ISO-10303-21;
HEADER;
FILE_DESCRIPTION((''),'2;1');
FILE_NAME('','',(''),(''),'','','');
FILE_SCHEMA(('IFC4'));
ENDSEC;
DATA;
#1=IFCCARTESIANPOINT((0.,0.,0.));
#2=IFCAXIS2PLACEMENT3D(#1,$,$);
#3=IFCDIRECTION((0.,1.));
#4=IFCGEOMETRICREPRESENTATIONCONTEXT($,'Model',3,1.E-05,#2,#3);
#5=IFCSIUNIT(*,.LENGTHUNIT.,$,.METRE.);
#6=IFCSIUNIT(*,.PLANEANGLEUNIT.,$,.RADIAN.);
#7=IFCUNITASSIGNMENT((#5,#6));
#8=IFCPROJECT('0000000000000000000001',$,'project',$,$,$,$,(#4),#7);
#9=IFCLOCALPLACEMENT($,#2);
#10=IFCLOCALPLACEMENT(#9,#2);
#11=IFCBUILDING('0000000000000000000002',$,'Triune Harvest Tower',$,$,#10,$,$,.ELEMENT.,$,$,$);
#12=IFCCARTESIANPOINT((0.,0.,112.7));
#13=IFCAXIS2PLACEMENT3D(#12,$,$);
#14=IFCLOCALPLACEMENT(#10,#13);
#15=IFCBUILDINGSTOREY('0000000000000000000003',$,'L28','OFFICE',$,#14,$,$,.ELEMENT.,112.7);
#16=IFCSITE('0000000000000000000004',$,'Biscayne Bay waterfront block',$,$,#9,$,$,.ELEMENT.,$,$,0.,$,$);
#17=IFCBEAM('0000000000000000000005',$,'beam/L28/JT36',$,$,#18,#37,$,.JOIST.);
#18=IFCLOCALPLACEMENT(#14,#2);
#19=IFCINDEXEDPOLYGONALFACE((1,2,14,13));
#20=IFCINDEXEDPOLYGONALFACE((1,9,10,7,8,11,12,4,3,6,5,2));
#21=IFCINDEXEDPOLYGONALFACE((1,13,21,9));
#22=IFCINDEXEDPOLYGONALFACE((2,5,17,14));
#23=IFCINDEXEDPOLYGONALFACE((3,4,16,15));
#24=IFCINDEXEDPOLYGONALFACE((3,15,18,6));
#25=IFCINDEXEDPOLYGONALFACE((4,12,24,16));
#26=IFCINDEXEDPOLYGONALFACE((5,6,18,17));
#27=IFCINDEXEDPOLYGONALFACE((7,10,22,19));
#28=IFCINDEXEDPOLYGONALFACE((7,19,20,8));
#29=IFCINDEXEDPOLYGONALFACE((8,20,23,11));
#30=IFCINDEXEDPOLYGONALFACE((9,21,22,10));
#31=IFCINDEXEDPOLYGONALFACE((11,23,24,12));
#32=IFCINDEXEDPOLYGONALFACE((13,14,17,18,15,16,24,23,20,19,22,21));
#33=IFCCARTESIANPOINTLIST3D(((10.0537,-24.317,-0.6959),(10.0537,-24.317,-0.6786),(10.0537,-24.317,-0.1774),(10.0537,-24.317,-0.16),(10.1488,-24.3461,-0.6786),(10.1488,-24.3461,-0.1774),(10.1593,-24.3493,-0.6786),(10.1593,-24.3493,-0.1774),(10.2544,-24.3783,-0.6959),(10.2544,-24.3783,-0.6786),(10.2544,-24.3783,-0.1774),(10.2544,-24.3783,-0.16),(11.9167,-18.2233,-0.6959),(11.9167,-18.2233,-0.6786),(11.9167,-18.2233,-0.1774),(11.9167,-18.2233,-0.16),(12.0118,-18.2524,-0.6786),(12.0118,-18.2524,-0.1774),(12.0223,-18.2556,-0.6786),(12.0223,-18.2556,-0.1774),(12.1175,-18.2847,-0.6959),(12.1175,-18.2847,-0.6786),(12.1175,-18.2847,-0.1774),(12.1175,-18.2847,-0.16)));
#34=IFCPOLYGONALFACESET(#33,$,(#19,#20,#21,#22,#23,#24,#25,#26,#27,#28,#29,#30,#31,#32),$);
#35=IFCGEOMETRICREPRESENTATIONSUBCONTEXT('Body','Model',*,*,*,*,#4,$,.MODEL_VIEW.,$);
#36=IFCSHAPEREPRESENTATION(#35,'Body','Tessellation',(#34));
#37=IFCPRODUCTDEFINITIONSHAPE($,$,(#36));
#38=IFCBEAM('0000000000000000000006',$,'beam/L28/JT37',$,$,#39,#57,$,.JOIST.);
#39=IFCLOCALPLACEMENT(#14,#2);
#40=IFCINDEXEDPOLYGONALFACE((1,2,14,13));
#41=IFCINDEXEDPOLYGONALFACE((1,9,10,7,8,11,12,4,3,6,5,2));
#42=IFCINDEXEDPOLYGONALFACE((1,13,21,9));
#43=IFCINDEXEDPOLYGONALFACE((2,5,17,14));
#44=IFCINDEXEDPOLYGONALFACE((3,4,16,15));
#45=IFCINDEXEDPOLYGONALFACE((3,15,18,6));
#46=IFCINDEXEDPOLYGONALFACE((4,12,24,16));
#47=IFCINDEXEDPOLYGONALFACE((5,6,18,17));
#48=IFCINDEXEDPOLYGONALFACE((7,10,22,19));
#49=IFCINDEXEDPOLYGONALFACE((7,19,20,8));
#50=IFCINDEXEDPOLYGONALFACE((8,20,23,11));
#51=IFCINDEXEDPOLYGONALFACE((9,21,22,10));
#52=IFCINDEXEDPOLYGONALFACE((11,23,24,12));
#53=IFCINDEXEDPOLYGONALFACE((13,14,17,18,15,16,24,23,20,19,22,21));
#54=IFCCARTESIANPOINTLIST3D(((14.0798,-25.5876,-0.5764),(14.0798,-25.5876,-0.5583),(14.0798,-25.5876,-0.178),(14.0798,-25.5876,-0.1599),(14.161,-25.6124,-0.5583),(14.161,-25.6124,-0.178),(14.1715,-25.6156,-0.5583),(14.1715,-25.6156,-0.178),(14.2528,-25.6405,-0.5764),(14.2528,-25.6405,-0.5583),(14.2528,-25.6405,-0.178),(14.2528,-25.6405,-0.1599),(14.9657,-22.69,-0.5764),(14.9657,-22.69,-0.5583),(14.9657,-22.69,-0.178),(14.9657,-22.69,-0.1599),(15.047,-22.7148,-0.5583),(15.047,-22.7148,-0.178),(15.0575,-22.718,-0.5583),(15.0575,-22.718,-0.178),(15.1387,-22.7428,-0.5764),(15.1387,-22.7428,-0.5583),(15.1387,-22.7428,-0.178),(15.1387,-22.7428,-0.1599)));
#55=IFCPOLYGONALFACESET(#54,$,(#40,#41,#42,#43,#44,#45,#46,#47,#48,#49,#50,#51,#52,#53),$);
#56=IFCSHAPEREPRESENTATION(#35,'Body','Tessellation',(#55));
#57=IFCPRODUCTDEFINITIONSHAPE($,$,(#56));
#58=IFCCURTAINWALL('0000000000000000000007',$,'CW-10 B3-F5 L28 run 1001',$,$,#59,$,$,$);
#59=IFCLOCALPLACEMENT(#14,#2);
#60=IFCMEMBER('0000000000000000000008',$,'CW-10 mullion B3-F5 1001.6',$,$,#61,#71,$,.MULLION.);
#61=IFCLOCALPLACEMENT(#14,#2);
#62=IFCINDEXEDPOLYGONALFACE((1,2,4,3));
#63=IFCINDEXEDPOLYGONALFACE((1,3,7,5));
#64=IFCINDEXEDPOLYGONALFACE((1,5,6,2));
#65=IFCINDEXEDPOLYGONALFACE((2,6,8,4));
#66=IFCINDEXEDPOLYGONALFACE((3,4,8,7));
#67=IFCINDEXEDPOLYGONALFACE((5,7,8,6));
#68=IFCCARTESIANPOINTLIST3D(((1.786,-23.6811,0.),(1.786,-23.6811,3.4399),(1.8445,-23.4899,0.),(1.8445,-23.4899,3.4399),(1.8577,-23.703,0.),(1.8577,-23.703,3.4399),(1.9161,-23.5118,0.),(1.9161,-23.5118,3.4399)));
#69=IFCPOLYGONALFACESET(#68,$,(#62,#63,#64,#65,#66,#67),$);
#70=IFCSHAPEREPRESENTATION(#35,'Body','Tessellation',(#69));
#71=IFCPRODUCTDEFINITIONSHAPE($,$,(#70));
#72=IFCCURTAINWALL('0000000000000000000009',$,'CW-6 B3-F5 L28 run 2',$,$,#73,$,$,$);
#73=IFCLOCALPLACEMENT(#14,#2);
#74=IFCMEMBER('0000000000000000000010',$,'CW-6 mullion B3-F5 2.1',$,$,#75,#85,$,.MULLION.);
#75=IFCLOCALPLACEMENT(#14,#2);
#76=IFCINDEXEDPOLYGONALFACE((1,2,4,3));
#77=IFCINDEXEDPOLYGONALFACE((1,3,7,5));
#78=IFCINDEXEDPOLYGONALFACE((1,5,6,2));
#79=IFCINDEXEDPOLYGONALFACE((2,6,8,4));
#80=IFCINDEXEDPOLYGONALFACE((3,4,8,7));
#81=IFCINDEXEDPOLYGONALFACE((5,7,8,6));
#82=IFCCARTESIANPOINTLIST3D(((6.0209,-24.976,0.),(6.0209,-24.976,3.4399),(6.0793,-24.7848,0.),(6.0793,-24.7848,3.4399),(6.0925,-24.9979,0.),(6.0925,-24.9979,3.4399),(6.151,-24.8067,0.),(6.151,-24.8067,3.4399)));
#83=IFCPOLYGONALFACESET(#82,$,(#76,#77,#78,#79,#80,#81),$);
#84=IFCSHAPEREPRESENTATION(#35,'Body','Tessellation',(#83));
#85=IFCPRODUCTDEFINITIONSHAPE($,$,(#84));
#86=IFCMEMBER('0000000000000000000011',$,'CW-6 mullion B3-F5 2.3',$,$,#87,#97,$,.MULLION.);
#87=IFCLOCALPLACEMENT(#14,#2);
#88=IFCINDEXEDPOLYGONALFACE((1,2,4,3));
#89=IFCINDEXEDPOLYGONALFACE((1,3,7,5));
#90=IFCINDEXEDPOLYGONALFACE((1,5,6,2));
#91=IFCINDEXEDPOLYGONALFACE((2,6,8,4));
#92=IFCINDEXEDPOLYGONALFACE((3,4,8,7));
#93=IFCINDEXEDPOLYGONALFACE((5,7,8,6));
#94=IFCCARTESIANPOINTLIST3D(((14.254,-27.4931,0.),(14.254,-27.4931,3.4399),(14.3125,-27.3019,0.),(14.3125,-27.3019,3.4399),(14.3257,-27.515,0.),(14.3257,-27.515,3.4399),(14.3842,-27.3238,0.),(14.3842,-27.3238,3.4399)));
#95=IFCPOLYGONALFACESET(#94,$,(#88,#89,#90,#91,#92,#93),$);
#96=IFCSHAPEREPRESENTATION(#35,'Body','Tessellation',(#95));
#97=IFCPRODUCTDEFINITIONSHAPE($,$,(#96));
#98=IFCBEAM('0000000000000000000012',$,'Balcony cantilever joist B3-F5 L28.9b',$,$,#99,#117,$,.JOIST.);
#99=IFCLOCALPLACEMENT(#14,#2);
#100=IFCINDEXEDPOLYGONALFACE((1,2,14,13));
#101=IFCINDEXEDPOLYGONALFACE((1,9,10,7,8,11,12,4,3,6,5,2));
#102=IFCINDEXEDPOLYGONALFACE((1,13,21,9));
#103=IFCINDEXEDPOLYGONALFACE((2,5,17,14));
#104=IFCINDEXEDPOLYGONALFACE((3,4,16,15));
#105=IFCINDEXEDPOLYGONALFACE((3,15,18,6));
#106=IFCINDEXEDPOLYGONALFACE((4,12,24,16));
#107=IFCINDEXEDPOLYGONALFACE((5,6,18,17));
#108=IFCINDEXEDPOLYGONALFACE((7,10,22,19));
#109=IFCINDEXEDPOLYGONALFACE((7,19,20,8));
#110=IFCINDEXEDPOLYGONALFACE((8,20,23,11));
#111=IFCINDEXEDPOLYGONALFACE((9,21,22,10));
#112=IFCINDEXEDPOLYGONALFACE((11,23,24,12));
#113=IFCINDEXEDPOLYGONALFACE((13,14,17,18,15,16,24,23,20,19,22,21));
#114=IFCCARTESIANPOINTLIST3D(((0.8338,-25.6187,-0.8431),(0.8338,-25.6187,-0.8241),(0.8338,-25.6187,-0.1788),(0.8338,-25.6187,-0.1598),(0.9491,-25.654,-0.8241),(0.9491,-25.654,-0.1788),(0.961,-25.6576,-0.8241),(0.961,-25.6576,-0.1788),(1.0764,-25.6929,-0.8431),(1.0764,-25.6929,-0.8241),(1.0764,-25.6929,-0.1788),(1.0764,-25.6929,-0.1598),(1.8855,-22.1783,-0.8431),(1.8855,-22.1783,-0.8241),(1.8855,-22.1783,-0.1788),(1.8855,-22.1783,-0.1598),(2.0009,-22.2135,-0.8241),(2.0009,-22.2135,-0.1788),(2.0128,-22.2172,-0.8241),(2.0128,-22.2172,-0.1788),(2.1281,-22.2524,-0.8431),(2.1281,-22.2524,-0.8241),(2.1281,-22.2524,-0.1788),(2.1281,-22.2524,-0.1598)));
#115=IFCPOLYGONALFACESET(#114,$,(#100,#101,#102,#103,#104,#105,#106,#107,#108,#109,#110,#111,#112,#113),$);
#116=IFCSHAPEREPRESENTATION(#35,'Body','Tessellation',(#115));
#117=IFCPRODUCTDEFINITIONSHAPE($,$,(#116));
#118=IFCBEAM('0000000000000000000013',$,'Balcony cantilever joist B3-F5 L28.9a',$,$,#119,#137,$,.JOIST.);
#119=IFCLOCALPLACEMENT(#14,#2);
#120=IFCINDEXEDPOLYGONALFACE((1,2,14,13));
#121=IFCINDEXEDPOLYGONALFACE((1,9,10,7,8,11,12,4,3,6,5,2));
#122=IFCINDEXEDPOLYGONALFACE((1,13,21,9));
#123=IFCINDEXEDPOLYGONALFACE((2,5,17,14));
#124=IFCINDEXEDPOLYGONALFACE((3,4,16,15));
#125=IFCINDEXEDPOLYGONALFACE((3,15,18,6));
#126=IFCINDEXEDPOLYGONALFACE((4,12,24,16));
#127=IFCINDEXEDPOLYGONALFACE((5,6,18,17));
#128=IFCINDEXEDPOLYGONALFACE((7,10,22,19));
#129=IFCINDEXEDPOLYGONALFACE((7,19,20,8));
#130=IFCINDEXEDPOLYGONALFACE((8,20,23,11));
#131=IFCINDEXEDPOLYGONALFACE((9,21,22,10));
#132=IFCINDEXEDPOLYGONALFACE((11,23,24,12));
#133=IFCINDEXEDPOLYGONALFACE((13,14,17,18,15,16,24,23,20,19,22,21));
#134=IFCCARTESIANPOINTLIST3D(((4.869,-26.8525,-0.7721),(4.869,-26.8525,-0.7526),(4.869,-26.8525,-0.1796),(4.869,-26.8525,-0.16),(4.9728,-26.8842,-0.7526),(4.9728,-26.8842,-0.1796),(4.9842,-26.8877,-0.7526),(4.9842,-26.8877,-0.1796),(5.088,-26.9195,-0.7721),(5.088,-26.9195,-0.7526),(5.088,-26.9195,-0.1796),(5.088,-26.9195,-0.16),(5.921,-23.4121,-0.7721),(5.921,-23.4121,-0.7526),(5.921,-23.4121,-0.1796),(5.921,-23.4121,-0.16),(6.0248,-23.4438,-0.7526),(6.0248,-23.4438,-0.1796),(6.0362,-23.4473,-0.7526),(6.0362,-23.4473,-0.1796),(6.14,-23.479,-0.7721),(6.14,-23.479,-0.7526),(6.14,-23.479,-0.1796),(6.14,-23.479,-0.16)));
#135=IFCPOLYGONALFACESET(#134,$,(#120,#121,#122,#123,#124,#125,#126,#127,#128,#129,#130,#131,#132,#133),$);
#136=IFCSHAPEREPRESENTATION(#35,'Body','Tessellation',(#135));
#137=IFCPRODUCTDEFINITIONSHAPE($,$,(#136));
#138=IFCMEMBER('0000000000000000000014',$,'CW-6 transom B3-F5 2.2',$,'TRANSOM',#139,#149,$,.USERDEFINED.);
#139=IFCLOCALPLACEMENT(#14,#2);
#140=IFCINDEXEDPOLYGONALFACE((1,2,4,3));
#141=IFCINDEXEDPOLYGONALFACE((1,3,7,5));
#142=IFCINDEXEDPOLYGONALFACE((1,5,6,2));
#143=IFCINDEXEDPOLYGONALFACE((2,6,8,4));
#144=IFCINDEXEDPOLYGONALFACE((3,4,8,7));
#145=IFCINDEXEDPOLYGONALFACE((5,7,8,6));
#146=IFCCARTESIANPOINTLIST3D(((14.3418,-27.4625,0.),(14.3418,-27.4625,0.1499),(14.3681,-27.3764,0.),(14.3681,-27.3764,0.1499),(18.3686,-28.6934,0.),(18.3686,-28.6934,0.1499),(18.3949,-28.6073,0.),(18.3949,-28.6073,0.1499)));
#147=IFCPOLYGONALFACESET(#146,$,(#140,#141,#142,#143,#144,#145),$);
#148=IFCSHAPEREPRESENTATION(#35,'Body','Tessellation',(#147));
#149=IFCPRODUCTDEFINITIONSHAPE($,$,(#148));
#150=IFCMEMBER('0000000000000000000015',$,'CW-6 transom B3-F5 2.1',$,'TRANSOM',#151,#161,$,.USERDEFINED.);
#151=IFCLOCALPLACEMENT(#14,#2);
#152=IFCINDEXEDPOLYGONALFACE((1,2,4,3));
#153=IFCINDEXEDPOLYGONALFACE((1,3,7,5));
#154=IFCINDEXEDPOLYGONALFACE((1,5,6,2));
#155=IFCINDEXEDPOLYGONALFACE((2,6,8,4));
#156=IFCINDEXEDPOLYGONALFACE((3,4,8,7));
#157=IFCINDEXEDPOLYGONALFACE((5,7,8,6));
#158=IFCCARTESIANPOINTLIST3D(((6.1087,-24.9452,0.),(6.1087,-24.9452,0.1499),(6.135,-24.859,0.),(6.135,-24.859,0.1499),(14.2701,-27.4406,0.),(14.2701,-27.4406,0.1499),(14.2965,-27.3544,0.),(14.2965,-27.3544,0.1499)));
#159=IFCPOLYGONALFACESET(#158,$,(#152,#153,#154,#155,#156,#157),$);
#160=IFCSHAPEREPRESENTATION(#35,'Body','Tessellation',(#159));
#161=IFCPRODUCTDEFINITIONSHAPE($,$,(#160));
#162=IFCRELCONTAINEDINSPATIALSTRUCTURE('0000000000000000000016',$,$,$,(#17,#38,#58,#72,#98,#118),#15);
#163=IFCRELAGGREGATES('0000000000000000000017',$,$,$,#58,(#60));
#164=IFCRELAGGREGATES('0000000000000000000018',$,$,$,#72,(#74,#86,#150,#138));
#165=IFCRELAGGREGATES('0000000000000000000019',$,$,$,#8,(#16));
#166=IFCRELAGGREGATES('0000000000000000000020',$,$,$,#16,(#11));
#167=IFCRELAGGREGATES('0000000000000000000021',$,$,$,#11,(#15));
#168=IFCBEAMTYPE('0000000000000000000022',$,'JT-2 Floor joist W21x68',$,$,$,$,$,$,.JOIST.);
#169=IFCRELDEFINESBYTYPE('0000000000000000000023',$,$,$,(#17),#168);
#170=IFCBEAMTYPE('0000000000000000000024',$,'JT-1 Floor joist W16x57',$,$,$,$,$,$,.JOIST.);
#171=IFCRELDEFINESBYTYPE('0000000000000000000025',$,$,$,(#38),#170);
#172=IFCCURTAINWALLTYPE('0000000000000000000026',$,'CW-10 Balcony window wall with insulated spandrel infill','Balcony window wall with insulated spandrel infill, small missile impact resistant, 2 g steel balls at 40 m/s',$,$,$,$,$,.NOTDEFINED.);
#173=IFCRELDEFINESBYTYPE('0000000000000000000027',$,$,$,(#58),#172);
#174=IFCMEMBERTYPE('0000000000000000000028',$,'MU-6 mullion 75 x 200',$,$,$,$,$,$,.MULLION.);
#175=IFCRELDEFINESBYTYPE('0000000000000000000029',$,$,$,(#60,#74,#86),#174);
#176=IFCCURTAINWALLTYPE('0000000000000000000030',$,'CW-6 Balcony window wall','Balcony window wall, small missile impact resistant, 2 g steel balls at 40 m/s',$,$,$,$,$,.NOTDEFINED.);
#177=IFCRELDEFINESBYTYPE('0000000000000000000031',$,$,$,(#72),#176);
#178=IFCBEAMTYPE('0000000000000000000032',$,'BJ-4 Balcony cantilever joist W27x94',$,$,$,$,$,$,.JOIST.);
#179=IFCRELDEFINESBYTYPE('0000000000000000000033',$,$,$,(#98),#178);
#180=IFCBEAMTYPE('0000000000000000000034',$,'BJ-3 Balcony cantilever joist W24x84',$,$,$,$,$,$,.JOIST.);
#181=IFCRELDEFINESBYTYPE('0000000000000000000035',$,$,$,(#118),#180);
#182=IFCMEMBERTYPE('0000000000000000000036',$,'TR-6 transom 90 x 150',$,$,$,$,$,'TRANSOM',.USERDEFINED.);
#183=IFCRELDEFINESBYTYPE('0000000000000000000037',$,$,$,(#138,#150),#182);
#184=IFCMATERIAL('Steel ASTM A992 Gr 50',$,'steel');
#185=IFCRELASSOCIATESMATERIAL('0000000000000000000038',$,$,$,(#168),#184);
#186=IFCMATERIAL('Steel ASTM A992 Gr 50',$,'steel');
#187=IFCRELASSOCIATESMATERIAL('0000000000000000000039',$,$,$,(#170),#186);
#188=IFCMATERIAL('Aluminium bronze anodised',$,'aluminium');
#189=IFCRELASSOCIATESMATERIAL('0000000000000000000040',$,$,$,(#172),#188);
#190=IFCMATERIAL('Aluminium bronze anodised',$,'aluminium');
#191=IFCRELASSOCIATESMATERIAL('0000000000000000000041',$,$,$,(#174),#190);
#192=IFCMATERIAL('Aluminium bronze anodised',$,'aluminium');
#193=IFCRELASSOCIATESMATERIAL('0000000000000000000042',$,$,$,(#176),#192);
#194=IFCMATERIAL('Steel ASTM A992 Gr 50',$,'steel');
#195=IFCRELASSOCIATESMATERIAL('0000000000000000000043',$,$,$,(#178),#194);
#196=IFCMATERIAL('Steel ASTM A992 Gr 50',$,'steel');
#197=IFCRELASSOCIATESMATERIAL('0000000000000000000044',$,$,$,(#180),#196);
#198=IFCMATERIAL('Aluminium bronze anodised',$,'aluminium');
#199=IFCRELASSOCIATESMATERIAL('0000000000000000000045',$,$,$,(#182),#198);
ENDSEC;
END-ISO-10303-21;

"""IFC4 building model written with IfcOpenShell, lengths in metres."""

from ifc_helpers import new_model, si_unit, direction, frame, origin, origin_2d, place, context, subcontext, project, spatial, rectangle, i_section, extrude, source, transform, mapped, material, material_profile, profile_set, type_object, element, aggregate, save


model = new_model("IFC4")

# Units and contexts
model_context = context("Model", 3, precision=1e-05, world=origin(), true_north=direction((0.0, 1.0)))
body_context = subcontext(model_context, "Body", "Model", "MODEL_VIEW")
ifc_project = project(units=[si_unit("LENGTHUNIT", "METRE"), si_unit("PLANEANGLEUNIT", "RADIAN")], contexts=[model_context])

# Site, building, storey
site_placement = place(None, origin())
site = spatial("IfcSite", under=ifc_project, at=site_placement, Name="Biscayne Bay waterfront block", CompositionType="ELEMENT", RefElevation=0.0)
building_placement = place(site_placement, origin())
building = spatial("IfcBuilding", under=site, at=building_placement, Name="Triune Harvest Tower", CompositionType="ELEMENT")
storey_placement = place(building_placement, frame((0.0, 0.0, 112.7)))
storey = spatial("IfcBuildingStorey", under=building, at=storey_placement, Name="L28", Description="OFFICE", CompositionType="ELEMENT", Elevation=112.7)

# Beams
ifc_material_1 = material(Name="Steel ASTM A992 Gr 50", Category="steel")
ifc_material_profile_1 = material_profile(ifc_material_1, i_section(OverallWidth=0.21, OverallDepth=0.5359, WebThickness=0.011, FlangeThickness=0.0173, at=origin_2d()), Name="W21x68")
ifc_profile_set_1 = profile_set([ifc_material_profile_1], Name="Steel ASTM A992 Gr 50")
beam_type_1 = type_object("IfcBeamType", Name="JT-2 Floor joist W21x68", PredefinedType="JOIST", material=ifc_profile_set_1)
shared_shape_1 = source(origin(), body_context, "Body", "SweptSolid", [
    extrude(i_section(OverallWidth=0.21, OverallDepth=0.5359, WebThickness=0.011, FlangeThickness=0.0173, at=origin_2d()), origin(), (0.0, 0.0, 1.0), 6.3721),
])
beam_1_placement = place(storey_placement, frame((10.1541, -24.3477, -0.428), z_axis=(0.29237, 0.956305, 0.0), x_axis=(-0.956305, 0.29237, 0.0)))
element("IfcBeam", 1, at=beam_1_placement, inside=storey, type_object=beam_type_1, Name="beam/L28/JT36", PredefinedType="JOIST", context=body_context, shape_type="MappedRepresentation", body=[
    mapped(shared_shape_1, transform((0.0, 0.0, 0.0), scale=1.0)),
])
ifc_material_2 = material(Name="Steel ASTM A992 Gr 50", Category="steel")
ifc_material_profile_2 = material_profile(ifc_material_2, i_section(OverallWidth=0.1809, OverallDepth=0.4165, WebThickness=0.011, FlangeThickness=0.0181, at=origin_2d()), Name="W16x57")
ifc_profile_set_2 = profile_set([ifc_material_profile_2], Name="Steel ASTM A992 Gr 50")
beam_type_2 = type_object("IfcBeamType", Name="JT-1 Floor joist W16x57", PredefinedType="JOIST", material=ifc_profile_set_2)
shared_shape_2 = source(origin(), body_context, "Body", "SweptSolid", [
    extrude(i_section(OverallWidth=0.1809, OverallDepth=0.4165, WebThickness=0.011, FlangeThickness=0.0181, at=origin_2d()), origin(), (0.0, 0.0, 1.0), 3.03),
])
beam_2_placement = place(storey_placement, frame((14.1663, -25.614, -0.3682), z_axis=(0.292393, 0.956298, 0.0), x_axis=(-0.956298, 0.292393, 0.0)))
element("IfcBeam", 2, at=beam_2_placement, inside=storey, type_object=beam_type_2, Name="beam/L28/JT37", PredefinedType="JOIST", context=body_context, shape_type="MappedRepresentation", body=[
    mapped(shared_shape_2, transform((0.0, 0.0, 0.0), scale=1.0)),
])

# Curtain wall, member
ifc_material_3 = material(Name="Aluminium bronze anodised", Category="aluminium")
curtain_wall_type_1 = type_object("IfcCurtainWallType", Name="CW-10 Balcony window wall with insulated spandrel infill", Description="Balcony window wall with insulated spandrel infill, small missile impact resistant, 2 g steel balls at 40 m/s", PredefinedType="NOTDEFINED", material=ifc_material_3)
curtain_wall_1_placement = place(storey_placement, origin())
curtain_wall_1 = element("IfcCurtainWall", 3, at=curtain_wall_1_placement, inside=storey, type_object=curtain_wall_type_1, Name="CW-10 B3-F5 L28 run 1001")
ifc_material_4 = material(Name="Aluminium bronze anodised", Category="aluminium")
ifc_material_profile_3 = material_profile(ifc_material_4, rectangle(XDim=0.2, YDim=0.075, at=origin_2d()), Name="MU-6 mullion 75 x 200")
ifc_profile_set_3 = profile_set([ifc_material_profile_3], Name="Aluminium bronze anodised")
member_type_1 = type_object("IfcMemberType", Name="MU-6 mullion 75 x 200", PredefinedType="MULLION", material=ifc_profile_set_3)
shared_shape_3 = source(origin(), body_context, "Body", "SweptSolid", [
    extrude(rectangle(XDim=0.2, YDim=0.075, at=origin_2d()), origin(), (0.0, 0.0, 1.0), 3.4399),
])
member_1_placement = place(storey_placement, frame((1.8511, -23.5964, 0.0), z_axis=(0.0, 0.0, 1.0), x_axis=(0.292372, 0.956305, 0.0)))
member_1 = element("IfcMember", 4, at=member_1_placement, type_object=member_type_1, Name="CW-10 mullion B3-F5 1001.6", PredefinedType="MULLION", context=body_context, shape_type="MappedRepresentation", body=[
    mapped(shared_shape_3, transform((0.0, 0.0, 0.0), scale=1.0)),
])
aggregate(curtain_wall_1, [member_1])

# Curtain wall, members
ifc_material_5 = material(Name="Aluminium bronze anodised", Category="aluminium")
curtain_wall_type_2 = type_object("IfcCurtainWallType", Name="CW-6 Balcony window wall", Description="Balcony window wall, small missile impact resistant, 2 g steel balls at 40 m/s", PredefinedType="NOTDEFINED", material=ifc_material_5)
curtain_wall_2_placement = place(storey_placement, origin())
curtain_wall_2 = element("IfcCurtainWall", 5, at=curtain_wall_2_placement, inside=storey, type_object=curtain_wall_type_2, Name="CW-6 B3-F5 L28 run 2")
member_2_placement = place(storey_placement, frame((6.0859, -24.8914, 0.0), z_axis=(0.0, 0.0, 1.0), x_axis=(0.292373, 0.956304, 0.0)))
member_2 = element("IfcMember", 6, at=member_2_placement, type_object=member_type_1, Name="CW-6 mullion B3-F5 2.1", PredefinedType="MULLION", context=body_context, shape_type="MappedRepresentation", body=[
    mapped(shared_shape_3, transform((0.0, 0.0, 0.0), scale=1.0)),
])
member_3_placement = place(storey_placement, frame((14.3191, -27.4084, 0.0), z_axis=(0.0, 0.0, 1.0), x_axis=(0.292373, 0.956304, 0.0)))
member_3 = element("IfcMember", 7, at=member_3_placement, type_object=member_type_1, Name="CW-6 mullion B3-F5 2.3", PredefinedType="MULLION", context=body_context, shape_type="MappedRepresentation", body=[
    mapped(shared_shape_3, transform((0.0, 0.0, 0.0), scale=1.0)),
])

# Beams
ifc_material_6 = material(Name="Steel ASTM A992 Gr 50", Category="steel")
ifc_material_profile_4 = material_profile(ifc_material_6, i_section(OverallWidth=0.2537, OverallDepth=0.6833, WebThickness=0.0125, FlangeThickness=0.019, at=origin_2d()), Name="W27x94")
ifc_profile_set_4 = profile_set([ifc_material_profile_4], Name="Steel ASTM A992 Gr 50")
beam_type_3 = type_object("IfcBeamType", Name="BJ-4 Balcony cantilever joist W27x94", PredefinedType="JOIST", material=ifc_profile_set_4)
shared_shape_4 = source(origin(), body_context, "Body", "SweptSolid", [
    extrude(i_section(OverallWidth=0.2537, OverallDepth=0.6833, WebThickness=0.0125, FlangeThickness=0.019, at=origin_2d()), origin(), (0.0, 0.0, 1.0), 3.5977),
])
beam_3_placement = place(storey_placement, frame((2.0068, -22.2153, -0.5015), z_axis=(-0.29235, -0.956312, 0.0), x_axis=(0.956312, -0.29235, 0.0)))
element("IfcBeam", 8, at=beam_3_placement, inside=storey, type_object=beam_type_3, Name="Balcony cantilever joist B3-F5 L28.9b", PredefinedType="JOIST", context=body_context, shape_type="MappedRepresentation", body=[
    mapped(shared_shape_4, transform((0.0, 0.0, 0.0), scale=1.0)),
])
ifc_material_7 = material(Name="Steel ASTM A992 Gr 50", Category="steel")
ifc_material_profile_5 = material_profile(ifc_material_7, i_section(OverallWidth=0.229, OverallDepth=0.6121, WebThickness=0.012, FlangeThickness=0.0195, at=origin_2d()), Name="W24x84")
ifc_profile_set_5 = profile_set([ifc_material_profile_5], Name="Steel ASTM A992 Gr 50")
beam_type_4 = type_object("IfcBeamType", Name="BJ-3 Balcony cantilever joist W24x84", PredefinedType="JOIST", material=ifc_profile_set_5)
shared_shape_5 = source(origin(), body_context, "Body", "SweptSolid", [
    extrude(i_section(OverallWidth=0.229, OverallDepth=0.6121, WebThickness=0.012, FlangeThickness=0.0195, at=origin_2d()), origin(), (0.0, 0.0, 1.0), 3.5977),
])
beam_4_placement = place(storey_placement, frame((6.0305, -23.4456, -0.4661), z_axis=(-0.292412, -0.956293, 0.0), x_axis=(0.956293, -0.292412, 0.0)))
element("IfcBeam", 9, at=beam_4_placement, inside=storey, type_object=beam_type_4, Name="Balcony cantilever joist B3-F5 L28.9a", PredefinedType="JOIST", context=body_context, shape_type="MappedRepresentation", body=[
    mapped(shared_shape_5, transform((0.0, 0.0, 0.0), scale=1.0)),
])

# Members
ifc_material_8 = material(Name="Aluminium bronze anodised", Category="aluminium")
ifc_material_profile_6 = material_profile(ifc_material_8, rectangle(XDim=0.0901, YDim=0.1499, at=origin_2d()), Name="TR-6 transom 90 x 150")
ifc_profile_set_6 = profile_set([ifc_material_profile_6], Name="Aluminium bronze anodised")
member_type_2 = type_object("IfcMemberType", Name="TR-6 transom 90 x 150", ElementType="TRANSOM", PredefinedType="USERDEFINED", material=ifc_profile_set_6)
shared_shape_6 = source(origin(), body_context, "Body", "SweptSolid", [
    extrude(rectangle(XDim=0.0901, YDim=0.1499, at=origin_2d()), origin(), (0.0, 0.0, 1.0), 4.2107),
])
member_4_placement = place(storey_placement, frame((14.355, -27.4194, 0.075), z_axis=(0.956316, -0.292333, 0.0), x_axis=(0.292333, 0.956316, 0.0)))
member_4 = element("IfcMember", 10, at=member_4_placement, type_object=member_type_2, Name="CW-6 transom B3-F5 2.2", ObjectType="TRANSOM", PredefinedType="USERDEFINED", context=body_context, shape_type="MappedRepresentation", body=[
    mapped(shared_shape_6, transform((0.0, 0.0, 0.0), scale=1.0)),
])
shared_shape_7 = source(origin(), body_context, "Body", "SweptSolid", [
    extrude(rectangle(XDim=0.0901, YDim=0.1499, at=origin_2d()), origin(), (0.0, 0.0, 1.0), 8.5344),
])
member_5_placement = place(storey_placement, frame((6.1218, -24.9021, 0.075), z_axis=(0.956299, -0.292391, 0.0), x_axis=(0.292391, 0.956299, 0.0)))
member_5 = element("IfcMember", 11, at=member_5_placement, type_object=member_type_2, Name="CW-6 transom B3-F5 2.1", ObjectType="TRANSOM", PredefinedType="USERDEFINED", context=body_context, shape_type="MappedRepresentation", body=[
    mapped(shared_shape_7, transform((0.0, 0.0, 0.0), scale=1.0)),
])

aggregate(curtain_wall_2, [member_2, member_3, member_5, member_4])

save(model, "model.ifc")
